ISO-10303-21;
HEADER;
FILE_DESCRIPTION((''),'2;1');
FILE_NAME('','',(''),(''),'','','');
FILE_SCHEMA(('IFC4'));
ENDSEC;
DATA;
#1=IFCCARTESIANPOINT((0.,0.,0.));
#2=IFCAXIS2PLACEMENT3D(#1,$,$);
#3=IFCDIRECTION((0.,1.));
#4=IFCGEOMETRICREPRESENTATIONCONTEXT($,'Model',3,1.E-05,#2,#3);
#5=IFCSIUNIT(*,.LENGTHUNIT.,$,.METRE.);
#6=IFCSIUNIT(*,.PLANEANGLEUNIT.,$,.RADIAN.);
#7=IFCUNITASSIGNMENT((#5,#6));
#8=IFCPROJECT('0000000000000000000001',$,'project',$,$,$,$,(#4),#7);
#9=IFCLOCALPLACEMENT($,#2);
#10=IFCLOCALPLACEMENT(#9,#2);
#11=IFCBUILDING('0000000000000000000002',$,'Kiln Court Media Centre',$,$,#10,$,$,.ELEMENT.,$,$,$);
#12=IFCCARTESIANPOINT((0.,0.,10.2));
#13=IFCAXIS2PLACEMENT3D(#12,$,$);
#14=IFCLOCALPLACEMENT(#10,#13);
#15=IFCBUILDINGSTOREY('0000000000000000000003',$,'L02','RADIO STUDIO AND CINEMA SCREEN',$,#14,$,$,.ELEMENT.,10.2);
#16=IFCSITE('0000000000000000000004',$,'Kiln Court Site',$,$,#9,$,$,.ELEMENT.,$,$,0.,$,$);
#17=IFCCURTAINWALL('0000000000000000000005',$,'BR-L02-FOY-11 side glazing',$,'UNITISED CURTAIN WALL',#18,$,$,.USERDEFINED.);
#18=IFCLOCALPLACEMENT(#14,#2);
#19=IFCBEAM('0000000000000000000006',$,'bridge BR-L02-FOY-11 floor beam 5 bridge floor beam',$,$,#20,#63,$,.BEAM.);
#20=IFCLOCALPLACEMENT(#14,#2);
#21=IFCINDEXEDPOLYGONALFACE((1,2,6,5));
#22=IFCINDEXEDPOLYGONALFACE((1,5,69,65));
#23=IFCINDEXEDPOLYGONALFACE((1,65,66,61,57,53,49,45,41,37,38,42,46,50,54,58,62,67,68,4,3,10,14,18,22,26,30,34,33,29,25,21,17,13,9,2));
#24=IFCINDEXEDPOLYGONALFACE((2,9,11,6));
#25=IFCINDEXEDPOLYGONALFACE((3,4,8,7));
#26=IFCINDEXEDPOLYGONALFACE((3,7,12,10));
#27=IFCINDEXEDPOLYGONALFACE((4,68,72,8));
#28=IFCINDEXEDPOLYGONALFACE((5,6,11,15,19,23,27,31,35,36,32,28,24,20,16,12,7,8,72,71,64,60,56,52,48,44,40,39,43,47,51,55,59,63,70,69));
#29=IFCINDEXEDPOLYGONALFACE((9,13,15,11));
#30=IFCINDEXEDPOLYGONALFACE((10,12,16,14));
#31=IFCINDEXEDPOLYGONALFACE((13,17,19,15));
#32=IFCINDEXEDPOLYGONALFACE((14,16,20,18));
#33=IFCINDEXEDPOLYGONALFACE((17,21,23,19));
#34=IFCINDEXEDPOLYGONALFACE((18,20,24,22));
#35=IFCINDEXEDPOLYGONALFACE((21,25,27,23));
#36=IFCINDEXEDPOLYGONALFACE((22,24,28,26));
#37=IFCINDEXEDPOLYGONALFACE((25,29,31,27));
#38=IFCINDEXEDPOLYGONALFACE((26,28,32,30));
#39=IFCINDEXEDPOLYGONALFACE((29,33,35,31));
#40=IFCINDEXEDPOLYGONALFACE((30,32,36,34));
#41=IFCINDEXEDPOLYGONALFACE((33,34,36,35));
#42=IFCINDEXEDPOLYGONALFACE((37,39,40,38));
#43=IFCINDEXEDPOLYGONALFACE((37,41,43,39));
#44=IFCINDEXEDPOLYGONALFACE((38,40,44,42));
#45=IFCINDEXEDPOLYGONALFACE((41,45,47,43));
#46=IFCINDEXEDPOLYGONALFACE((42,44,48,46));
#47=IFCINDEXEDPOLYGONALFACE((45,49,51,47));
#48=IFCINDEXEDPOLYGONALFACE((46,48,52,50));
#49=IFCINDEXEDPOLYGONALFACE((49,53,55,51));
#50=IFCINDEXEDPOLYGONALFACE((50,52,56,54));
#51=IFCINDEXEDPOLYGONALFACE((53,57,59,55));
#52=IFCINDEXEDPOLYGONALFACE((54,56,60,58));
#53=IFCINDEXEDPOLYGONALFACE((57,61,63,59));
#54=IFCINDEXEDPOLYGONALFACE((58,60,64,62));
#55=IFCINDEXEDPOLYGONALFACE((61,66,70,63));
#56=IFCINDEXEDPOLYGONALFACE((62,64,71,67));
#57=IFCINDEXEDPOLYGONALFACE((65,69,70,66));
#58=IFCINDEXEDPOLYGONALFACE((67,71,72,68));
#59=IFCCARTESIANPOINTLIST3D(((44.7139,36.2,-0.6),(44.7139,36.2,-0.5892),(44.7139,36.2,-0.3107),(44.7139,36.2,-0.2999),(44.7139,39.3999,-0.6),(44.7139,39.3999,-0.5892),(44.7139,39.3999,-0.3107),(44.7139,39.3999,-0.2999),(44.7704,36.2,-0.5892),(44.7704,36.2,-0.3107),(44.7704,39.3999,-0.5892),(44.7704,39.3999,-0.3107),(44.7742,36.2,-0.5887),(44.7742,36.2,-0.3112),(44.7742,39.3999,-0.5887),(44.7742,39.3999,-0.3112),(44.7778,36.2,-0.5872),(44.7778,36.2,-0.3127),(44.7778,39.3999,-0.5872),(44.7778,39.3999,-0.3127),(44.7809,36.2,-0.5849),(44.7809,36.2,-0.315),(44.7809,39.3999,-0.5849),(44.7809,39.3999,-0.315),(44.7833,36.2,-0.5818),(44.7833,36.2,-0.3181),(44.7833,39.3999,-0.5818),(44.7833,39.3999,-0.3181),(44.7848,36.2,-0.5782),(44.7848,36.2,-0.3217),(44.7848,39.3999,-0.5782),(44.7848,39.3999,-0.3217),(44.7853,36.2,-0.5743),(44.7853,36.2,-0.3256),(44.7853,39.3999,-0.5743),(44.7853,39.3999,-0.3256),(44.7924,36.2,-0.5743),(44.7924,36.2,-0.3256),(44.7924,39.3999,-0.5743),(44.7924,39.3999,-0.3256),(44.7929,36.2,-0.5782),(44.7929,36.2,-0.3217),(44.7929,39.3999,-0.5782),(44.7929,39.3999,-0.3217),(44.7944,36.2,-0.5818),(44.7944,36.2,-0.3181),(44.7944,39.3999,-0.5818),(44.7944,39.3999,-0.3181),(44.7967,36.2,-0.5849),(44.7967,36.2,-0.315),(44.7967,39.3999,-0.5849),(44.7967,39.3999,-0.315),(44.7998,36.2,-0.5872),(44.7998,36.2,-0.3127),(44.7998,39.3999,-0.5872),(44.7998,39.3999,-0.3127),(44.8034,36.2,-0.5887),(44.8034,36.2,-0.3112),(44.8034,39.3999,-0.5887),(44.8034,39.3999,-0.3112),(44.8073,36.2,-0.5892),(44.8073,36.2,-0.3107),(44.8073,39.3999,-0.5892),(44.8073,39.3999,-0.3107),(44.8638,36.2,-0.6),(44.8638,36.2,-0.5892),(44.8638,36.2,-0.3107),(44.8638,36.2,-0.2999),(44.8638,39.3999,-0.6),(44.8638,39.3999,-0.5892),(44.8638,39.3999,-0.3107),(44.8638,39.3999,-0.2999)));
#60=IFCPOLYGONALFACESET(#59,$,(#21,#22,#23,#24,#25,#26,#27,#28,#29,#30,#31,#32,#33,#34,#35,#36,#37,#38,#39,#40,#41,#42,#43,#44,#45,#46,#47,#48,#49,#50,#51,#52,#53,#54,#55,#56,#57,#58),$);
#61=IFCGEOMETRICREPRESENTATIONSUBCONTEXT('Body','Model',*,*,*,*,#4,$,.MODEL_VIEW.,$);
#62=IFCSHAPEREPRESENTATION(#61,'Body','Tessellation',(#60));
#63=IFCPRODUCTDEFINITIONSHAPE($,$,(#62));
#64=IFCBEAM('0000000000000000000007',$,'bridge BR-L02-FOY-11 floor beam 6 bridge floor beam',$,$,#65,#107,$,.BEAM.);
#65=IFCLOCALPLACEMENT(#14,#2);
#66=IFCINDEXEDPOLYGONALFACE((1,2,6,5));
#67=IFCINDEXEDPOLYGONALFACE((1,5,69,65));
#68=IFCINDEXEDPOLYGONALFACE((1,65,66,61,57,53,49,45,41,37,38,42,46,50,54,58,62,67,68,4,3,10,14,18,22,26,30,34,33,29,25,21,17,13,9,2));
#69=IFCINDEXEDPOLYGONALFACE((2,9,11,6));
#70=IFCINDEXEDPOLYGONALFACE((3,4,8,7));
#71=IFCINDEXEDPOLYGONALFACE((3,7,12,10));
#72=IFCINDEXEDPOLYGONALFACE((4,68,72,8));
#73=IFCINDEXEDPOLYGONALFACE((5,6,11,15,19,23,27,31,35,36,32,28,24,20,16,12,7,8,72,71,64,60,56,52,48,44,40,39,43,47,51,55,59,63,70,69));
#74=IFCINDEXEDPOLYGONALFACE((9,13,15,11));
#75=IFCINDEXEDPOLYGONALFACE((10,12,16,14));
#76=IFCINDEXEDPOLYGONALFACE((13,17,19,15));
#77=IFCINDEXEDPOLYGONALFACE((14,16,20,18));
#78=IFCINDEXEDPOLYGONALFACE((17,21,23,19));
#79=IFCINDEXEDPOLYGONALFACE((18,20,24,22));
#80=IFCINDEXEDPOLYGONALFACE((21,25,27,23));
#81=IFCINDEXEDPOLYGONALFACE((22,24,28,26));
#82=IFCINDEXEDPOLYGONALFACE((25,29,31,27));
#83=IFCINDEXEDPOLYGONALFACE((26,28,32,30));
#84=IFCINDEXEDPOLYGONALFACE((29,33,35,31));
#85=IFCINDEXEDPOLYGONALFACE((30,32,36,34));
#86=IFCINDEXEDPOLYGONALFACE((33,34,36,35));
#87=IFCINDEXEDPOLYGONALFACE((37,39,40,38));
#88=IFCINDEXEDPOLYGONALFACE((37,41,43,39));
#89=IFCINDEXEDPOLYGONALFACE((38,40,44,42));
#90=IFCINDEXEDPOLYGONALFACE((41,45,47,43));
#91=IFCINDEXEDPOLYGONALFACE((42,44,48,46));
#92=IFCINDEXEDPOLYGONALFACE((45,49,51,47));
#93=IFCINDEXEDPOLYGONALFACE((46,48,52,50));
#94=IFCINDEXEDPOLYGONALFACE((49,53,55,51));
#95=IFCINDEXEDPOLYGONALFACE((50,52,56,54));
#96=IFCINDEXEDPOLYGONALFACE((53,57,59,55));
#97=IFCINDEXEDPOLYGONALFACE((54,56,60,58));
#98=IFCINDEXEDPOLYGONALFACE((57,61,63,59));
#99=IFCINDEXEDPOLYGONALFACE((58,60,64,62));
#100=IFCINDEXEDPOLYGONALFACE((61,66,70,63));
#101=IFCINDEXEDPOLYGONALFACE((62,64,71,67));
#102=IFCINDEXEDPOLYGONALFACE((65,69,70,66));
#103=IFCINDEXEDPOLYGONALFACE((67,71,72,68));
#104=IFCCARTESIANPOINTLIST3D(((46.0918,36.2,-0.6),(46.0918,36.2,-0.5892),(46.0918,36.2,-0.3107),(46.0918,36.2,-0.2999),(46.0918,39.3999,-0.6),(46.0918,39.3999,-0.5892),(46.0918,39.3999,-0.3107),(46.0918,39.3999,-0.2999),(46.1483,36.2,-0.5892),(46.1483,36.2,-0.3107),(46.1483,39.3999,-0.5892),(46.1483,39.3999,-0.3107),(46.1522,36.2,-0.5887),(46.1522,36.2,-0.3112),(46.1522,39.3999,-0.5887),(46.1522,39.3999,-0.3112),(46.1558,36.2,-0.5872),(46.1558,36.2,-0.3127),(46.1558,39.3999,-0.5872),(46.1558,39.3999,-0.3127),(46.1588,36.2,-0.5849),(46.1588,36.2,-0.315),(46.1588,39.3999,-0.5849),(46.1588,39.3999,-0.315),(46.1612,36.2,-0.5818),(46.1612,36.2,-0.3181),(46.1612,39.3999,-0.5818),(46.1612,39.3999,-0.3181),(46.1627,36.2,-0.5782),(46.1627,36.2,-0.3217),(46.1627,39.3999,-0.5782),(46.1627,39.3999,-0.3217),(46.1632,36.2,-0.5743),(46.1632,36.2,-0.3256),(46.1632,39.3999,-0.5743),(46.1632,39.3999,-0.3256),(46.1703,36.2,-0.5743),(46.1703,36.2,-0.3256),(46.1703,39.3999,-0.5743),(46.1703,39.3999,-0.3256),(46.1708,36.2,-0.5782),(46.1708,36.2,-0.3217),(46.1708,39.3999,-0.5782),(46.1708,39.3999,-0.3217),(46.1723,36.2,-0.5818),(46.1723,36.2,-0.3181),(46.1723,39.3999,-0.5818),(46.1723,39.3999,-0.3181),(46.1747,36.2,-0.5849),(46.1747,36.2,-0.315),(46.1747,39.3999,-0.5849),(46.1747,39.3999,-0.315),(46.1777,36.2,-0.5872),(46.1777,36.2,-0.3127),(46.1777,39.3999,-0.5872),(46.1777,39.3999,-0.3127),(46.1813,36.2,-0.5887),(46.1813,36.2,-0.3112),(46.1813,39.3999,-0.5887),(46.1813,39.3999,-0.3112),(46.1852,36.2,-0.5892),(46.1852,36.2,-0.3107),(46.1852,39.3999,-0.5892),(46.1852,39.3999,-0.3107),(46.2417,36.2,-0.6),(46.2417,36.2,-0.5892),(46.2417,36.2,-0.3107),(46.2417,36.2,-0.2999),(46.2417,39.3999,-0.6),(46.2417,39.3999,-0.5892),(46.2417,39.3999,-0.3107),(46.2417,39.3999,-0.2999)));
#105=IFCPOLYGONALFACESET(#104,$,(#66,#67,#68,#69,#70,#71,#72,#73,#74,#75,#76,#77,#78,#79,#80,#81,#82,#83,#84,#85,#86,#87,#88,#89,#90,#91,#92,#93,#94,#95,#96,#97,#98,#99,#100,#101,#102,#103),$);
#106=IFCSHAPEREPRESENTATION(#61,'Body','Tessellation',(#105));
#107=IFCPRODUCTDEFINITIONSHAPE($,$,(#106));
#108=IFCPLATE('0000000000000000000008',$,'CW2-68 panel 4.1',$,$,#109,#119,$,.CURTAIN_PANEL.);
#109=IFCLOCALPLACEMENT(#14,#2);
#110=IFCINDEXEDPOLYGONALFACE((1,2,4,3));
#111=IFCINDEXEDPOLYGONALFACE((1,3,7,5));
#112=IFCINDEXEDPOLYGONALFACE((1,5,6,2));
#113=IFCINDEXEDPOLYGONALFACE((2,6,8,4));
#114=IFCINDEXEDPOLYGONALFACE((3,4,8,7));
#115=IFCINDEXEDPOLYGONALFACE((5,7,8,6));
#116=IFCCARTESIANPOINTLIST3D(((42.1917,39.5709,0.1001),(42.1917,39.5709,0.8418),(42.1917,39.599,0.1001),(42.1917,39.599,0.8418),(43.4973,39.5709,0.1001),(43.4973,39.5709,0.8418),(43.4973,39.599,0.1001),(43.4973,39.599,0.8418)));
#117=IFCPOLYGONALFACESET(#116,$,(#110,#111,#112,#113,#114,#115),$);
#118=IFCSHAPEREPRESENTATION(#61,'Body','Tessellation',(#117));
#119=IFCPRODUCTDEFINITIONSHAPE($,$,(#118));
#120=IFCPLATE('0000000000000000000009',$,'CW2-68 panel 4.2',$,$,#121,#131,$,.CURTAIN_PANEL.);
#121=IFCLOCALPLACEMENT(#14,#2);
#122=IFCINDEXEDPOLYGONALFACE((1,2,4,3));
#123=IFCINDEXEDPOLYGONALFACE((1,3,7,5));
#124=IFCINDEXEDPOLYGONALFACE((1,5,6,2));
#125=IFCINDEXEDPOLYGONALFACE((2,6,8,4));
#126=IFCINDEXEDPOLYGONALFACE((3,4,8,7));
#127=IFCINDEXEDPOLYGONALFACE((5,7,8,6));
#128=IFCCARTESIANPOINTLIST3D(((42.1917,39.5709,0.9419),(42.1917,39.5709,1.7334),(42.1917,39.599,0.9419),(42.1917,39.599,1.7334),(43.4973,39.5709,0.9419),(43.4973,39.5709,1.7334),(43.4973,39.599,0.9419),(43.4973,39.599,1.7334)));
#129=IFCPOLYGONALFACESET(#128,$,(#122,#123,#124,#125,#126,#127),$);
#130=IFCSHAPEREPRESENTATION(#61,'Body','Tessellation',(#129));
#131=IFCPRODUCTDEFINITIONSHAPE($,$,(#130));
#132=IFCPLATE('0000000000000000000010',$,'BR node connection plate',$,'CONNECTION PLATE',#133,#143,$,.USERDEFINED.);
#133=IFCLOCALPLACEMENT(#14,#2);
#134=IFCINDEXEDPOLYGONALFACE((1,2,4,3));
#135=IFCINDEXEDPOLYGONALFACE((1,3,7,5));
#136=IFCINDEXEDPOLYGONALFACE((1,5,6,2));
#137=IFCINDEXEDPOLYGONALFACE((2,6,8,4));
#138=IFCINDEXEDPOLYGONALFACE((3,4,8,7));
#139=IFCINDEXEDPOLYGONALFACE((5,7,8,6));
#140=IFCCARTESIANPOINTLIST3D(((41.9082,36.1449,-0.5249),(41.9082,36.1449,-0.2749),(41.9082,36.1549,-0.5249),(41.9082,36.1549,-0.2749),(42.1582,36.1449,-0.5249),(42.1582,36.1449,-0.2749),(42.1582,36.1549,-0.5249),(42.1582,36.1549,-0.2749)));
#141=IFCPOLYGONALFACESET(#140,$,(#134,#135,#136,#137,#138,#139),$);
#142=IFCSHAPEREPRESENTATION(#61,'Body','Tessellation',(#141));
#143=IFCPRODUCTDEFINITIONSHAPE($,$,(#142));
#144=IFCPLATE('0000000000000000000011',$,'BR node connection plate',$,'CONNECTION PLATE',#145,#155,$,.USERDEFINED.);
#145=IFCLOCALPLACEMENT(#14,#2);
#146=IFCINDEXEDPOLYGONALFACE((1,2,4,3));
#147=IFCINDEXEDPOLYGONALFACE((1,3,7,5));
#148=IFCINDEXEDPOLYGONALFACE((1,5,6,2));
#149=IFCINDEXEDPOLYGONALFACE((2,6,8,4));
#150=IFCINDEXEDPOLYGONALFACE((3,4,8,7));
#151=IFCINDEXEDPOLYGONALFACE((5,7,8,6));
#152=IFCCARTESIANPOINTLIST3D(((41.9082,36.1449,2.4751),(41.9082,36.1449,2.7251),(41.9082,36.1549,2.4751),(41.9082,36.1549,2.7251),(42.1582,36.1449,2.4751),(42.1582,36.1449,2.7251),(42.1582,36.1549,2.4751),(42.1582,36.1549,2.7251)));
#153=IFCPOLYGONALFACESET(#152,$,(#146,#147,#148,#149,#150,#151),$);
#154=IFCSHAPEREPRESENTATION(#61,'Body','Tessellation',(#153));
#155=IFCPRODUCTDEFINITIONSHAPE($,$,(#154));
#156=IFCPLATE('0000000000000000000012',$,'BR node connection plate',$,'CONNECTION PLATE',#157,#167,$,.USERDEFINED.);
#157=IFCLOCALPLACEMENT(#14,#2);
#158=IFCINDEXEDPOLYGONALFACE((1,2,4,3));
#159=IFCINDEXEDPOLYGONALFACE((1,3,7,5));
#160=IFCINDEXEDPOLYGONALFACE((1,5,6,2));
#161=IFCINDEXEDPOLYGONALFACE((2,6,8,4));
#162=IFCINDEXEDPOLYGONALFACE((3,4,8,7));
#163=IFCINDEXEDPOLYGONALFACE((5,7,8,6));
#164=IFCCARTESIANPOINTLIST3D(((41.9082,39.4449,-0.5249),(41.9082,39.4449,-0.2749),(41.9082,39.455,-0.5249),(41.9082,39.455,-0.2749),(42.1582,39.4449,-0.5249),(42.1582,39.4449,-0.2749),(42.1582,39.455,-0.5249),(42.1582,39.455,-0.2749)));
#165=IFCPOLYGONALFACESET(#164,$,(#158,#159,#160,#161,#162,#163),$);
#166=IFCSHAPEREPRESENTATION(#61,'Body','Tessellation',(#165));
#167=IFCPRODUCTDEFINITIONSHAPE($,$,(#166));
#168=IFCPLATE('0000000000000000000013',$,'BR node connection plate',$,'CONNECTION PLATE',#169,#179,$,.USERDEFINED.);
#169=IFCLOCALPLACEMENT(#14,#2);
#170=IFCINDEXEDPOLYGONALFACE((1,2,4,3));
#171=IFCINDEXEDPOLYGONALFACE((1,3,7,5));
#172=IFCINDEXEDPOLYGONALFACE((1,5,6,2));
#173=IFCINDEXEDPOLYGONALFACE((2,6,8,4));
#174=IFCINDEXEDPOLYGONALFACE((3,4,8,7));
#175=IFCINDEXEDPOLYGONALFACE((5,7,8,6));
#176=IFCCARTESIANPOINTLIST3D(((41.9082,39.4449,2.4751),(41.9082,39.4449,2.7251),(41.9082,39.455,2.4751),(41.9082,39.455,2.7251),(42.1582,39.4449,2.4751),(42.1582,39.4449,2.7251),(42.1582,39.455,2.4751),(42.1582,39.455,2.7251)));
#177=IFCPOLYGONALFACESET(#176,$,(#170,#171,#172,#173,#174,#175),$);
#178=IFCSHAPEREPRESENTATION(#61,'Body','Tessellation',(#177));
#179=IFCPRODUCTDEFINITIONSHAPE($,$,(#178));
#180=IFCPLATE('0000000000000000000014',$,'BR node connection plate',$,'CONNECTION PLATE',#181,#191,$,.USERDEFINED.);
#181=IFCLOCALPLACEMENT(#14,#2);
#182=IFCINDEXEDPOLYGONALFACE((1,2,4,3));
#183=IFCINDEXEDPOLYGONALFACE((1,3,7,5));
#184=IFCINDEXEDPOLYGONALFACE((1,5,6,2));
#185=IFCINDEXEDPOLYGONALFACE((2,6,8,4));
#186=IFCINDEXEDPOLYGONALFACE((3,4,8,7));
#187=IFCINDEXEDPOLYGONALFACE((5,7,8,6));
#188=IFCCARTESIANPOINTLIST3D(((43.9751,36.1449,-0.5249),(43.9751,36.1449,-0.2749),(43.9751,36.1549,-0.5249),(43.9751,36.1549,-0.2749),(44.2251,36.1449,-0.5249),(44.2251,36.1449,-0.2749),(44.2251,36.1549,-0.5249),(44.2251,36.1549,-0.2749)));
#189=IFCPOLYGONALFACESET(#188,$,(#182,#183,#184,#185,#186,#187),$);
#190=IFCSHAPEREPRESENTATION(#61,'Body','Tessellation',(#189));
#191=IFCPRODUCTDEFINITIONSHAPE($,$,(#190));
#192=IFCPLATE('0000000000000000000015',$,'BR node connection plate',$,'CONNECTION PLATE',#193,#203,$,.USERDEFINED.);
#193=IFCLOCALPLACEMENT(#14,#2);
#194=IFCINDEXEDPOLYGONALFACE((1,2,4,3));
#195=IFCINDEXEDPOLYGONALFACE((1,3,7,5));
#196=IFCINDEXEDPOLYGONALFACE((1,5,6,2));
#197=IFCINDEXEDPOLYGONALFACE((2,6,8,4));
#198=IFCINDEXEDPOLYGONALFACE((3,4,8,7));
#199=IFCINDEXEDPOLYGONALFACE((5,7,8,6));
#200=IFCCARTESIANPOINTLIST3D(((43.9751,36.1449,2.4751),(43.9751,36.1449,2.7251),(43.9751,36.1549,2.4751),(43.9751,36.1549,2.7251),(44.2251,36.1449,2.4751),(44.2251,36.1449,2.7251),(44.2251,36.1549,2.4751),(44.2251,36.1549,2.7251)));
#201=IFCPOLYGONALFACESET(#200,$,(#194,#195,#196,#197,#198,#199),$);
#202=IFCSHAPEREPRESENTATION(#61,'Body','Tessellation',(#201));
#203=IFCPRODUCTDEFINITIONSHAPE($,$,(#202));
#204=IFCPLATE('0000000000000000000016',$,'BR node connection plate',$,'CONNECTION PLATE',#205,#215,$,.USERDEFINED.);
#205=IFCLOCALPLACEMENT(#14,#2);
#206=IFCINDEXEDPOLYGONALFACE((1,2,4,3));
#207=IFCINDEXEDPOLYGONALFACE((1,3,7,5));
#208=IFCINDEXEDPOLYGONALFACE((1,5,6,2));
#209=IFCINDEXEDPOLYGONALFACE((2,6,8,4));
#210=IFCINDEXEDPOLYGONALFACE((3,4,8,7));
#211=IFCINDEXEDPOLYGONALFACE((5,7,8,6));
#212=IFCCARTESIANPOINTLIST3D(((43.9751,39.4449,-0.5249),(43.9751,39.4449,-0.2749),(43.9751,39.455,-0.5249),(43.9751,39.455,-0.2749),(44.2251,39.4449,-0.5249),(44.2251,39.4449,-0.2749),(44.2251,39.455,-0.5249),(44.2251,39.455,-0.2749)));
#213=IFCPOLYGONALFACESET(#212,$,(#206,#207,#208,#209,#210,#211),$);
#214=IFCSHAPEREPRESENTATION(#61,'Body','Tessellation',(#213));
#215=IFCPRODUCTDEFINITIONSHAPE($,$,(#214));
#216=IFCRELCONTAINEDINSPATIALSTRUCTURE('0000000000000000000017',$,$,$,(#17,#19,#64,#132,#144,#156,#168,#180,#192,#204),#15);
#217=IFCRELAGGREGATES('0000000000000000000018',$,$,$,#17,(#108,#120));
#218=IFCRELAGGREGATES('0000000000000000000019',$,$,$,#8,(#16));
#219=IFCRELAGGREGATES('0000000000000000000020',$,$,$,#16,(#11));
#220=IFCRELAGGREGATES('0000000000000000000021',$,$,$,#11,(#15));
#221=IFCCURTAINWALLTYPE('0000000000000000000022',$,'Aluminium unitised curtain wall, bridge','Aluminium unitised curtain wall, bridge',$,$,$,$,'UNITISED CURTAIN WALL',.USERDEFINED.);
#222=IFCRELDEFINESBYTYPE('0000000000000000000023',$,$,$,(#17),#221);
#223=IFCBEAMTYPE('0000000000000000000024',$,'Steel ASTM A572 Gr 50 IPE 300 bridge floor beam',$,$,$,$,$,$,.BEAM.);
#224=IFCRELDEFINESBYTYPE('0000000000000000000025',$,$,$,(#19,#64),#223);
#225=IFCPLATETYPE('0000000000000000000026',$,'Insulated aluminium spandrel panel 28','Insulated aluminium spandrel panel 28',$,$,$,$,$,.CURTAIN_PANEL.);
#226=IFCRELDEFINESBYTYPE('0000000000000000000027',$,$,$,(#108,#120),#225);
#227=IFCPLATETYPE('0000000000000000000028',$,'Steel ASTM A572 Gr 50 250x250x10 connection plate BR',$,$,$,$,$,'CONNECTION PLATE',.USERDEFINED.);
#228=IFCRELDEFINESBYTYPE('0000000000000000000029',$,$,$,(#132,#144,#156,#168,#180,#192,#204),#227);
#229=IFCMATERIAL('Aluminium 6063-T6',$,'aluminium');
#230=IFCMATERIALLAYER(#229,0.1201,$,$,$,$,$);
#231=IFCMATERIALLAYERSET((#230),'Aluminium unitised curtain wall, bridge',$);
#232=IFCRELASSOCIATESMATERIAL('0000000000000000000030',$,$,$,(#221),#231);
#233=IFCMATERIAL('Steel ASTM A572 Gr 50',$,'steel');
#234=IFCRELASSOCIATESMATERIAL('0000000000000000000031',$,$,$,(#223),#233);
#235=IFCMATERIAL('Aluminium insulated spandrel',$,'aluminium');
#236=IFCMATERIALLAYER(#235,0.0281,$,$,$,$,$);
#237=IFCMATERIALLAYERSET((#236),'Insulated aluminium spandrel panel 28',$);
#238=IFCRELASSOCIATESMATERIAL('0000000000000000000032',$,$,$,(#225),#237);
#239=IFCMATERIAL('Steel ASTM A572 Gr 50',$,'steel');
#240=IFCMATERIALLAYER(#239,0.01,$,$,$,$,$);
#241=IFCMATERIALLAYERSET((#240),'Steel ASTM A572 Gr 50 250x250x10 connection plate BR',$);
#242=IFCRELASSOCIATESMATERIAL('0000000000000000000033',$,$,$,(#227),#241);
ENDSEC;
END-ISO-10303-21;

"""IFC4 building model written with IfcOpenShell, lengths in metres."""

from ifc_helpers import new_model, si_unit, direction, frame, origin, origin_2d, place, context, subcontext, project, spatial, rectangle, i_section, extrude, material, layer, layer_set, material_profile, profile_set, type_object, element, aggregate, save


model = new_model("IFC4")

# Units and contexts
model_context = context("Model", 3, precision=1e-05, world=origin(), true_north=direction((0.0, 1.0)))
body_context = subcontext(model_context, "Body", "Model", "MODEL_VIEW")
ifc_project = project(units=[si_unit("LENGTHUNIT", "METRE"), si_unit("PLANEANGLEUNIT", "RADIAN")], contexts=[model_context])

# Site, building, storey
site_placement = place(None, origin())
site = spatial("IfcSite", under=ifc_project, at=site_placement, Name="Kiln Court Site", CompositionType="ELEMENT", RefElevation=0.0)
building_placement = place(site_placement, origin())
building = spatial("IfcBuilding", under=site, at=building_placement, Name="Kiln Court Media Centre", CompositionType="ELEMENT")
storey_placement = place(building_placement, frame((0.0, 0.0, 10.2)))
storey = spatial("IfcBuildingStorey", under=building, at=storey_placement, Name="L02", Description="RADIO STUDIO AND CINEMA SCREEN", CompositionType="ELEMENT", Elevation=10.2)

# Curtain wall
ifc_material_1 = material(Name="Aluminium 6063-T6", Category="aluminium")
ifc_layer_1 = layer(ifc_material_1, 0.1201)
ifc_layer_set_1 = layer_set([ifc_layer_1], Name="Aluminium unitised curtain wall, bridge")
curtain_wall_type = type_object("IfcCurtainWallType", Name="Aluminium unitised curtain wall, bridge", Description="Aluminium unitised curtain wall, bridge", ElementType="UNITISED CURTAIN WALL", PredefinedType="USERDEFINED", material=ifc_layer_set_1)
curtain_wall_placement = place(storey_placement, origin())
curtain_wall = element("IfcCurtainWall", 1, at=curtain_wall_placement, inside=storey, type_object=curtain_wall_type, Name="BR-L02-FOY-11 side glazing", ObjectType="UNITISED CURTAIN WALL", PredefinedType="USERDEFINED")

# Beams
ifc_material_2 = material(Name="Steel ASTM A572 Gr 50", Category="steel")
ifc_material_profile_1 = material_profile(ifc_material_2, i_section(OverallWidth=0.1499, OverallDepth=0.3, WebThickness=0.0071, FlangeThickness=0.0107, FilletRadius=0.0149, at=origin_2d()), Name="IPE 300")
ifc_profile_set_1 = profile_set([ifc_material_profile_1], Name="Steel ASTM A572 Gr 50")
beam_type = type_object("IfcBeamType", Name="Steel ASTM A572 Gr 50 IPE 300 bridge floor beam", PredefinedType="BEAM", material=ifc_profile_set_1)
for number, where, z_axis, x_axis, name in (
    (2, (44.7888, 36.2, -0.45), (0.0, 1.0, 0.0), (-1.0, 0.0, 0.0), "bridge BR-L02-FOY-11 floor beam 5 bridge floor beam"),
    (3, (46.1667, 36.2, -0.45), (0.0, 1.0, 0.0), (-1.0, 0.0, 0.0), "bridge BR-L02-FOY-11 floor beam 6 bridge floor beam"),
):
    element("IfcBeam", number, at=place(storey_placement, frame(where, z_axis=z_axis, x_axis=x_axis)), inside=storey, type_object=beam_type, Name=name, PredefinedType="BEAM", context=body_context, shape_type="SweptSolid", body=[
        extrude(i_section(OverallWidth=0.1499, OverallDepth=0.3, WebThickness=0.0071, FlangeThickness=0.0107, FilletRadius=0.0149, at=origin_2d()), origin(), (0.0, 0.0, 1.0), 3.2),
    ])

# Plates
ifc_material_3 = material(Name="Aluminium insulated spandrel", Category="aluminium")
ifc_layer_2 = layer(ifc_material_3, 0.0281)
ifc_layer_set_2 = layer_set([ifc_layer_2], Name="Insulated aluminium spandrel panel 28")
plate_type_1 = type_object("IfcPlateType", Name="Insulated aluminium spandrel panel 28", Description="Insulated aluminium spandrel panel 28", PredefinedType="CURTAIN_PANEL", material=ifc_layer_set_2)
plate_1_placement = place(storey_placement, frame((42.8445, 39.585, 0.1001), z_axis=(0.0, 0.0, 1.0), x_axis=(1.0, 0.0, 0.0)))
plate_1 = element("IfcPlate", 4, at=plate_1_placement, type_object=plate_type_1, Name="CW2-68 panel 4.1", PredefinedType="CURTAIN_PANEL", context=body_context, shape_type="SweptSolid", body=[
    extrude(rectangle(XDim=1.3057, YDim=0.0281, at=origin_2d()), origin(), (0.0, 0.0, 1.0), 0.7417),
])
plate_2_placement = place(storey_placement, frame((42.8445, 39.585, 0.9419), z_axis=(0.0, 0.0, 1.0), x_axis=(1.0, 0.0, 0.0)))
plate_2 = element("IfcPlate", 5, at=plate_2_placement, type_object=plate_type_1, Name="CW2-68 panel 4.2", PredefinedType="CURTAIN_PANEL", context=body_context, shape_type="SweptSolid", body=[
    extrude(rectangle(XDim=1.3057, YDim=0.0281, at=origin_2d()), origin(), (0.0, 0.0, 1.0), 0.7915),
])
aggregate(curtain_wall, [plate_1, plate_2])

# Plates
ifc_material_4 = material(Name="Steel ASTM A572 Gr 50", Category="steel")
ifc_layer_3 = layer(ifc_material_4, 0.01)
ifc_layer_set_3 = layer_set([ifc_layer_3], Name="Steel ASTM A572 Gr 50 250x250x10 connection plate BR")
plate_type_2 = type_object("IfcPlateType", Name="Steel ASTM A572 Gr 50 250x250x10 connection plate BR", ElementType="CONNECTION PLATE", PredefinedType="USERDEFINED", material=ifc_layer_set_3)
for number, where, z_axis, x_axis, name in (
    (6, (42.0332, 36.1499, -0.5249), (0.0, 0.0, 1.0), (1.0, 0.0, 0.0), "BR node connection plate"),
    (7, (42.0332, 36.1499, 2.4751), (0.0, 0.0, 1.0), (1.0, 0.0, 0.0), "BR node connection plate"),
    (8, (42.0332, 39.45, -0.5249), (0.0, 0.0, 1.0), (1.0, 0.0, 0.0), "BR node connection plate"),
    (9, (42.0332, 39.45, 2.4751), (0.0, 0.0, 1.0), (1.0, 0.0, 0.0), "BR node connection plate"),
    (10, (44.1001, 36.1499, -0.5249), (0.0, 0.0, 1.0), (1.0, 0.0, 0.0), "BR node connection plate"),
    (11, (44.1001, 36.1499, 2.4751), (0.0, 0.0, 1.0), (1.0, 0.0, 0.0), "BR node connection plate"),
    (12, (44.1001, 39.45, -0.5249), (0.0, 0.0, 1.0), (1.0, 0.0, 0.0), "BR node connection plate"),
):
    element("IfcPlate", number, at=place(storey_placement, frame(where, z_axis=z_axis, x_axis=x_axis)), inside=storey, type_object=plate_type_2, Name=name, ObjectType="CONNECTION PLATE", PredefinedType="USERDEFINED", context=body_context, shape_type="SweptSolid", body=[
        extrude(rectangle(XDim=0.25, YDim=0.01, at=origin_2d()), origin(), (0.0, 0.0, 1.0), 0.25),
    ])

save(model, "model.ifc")
